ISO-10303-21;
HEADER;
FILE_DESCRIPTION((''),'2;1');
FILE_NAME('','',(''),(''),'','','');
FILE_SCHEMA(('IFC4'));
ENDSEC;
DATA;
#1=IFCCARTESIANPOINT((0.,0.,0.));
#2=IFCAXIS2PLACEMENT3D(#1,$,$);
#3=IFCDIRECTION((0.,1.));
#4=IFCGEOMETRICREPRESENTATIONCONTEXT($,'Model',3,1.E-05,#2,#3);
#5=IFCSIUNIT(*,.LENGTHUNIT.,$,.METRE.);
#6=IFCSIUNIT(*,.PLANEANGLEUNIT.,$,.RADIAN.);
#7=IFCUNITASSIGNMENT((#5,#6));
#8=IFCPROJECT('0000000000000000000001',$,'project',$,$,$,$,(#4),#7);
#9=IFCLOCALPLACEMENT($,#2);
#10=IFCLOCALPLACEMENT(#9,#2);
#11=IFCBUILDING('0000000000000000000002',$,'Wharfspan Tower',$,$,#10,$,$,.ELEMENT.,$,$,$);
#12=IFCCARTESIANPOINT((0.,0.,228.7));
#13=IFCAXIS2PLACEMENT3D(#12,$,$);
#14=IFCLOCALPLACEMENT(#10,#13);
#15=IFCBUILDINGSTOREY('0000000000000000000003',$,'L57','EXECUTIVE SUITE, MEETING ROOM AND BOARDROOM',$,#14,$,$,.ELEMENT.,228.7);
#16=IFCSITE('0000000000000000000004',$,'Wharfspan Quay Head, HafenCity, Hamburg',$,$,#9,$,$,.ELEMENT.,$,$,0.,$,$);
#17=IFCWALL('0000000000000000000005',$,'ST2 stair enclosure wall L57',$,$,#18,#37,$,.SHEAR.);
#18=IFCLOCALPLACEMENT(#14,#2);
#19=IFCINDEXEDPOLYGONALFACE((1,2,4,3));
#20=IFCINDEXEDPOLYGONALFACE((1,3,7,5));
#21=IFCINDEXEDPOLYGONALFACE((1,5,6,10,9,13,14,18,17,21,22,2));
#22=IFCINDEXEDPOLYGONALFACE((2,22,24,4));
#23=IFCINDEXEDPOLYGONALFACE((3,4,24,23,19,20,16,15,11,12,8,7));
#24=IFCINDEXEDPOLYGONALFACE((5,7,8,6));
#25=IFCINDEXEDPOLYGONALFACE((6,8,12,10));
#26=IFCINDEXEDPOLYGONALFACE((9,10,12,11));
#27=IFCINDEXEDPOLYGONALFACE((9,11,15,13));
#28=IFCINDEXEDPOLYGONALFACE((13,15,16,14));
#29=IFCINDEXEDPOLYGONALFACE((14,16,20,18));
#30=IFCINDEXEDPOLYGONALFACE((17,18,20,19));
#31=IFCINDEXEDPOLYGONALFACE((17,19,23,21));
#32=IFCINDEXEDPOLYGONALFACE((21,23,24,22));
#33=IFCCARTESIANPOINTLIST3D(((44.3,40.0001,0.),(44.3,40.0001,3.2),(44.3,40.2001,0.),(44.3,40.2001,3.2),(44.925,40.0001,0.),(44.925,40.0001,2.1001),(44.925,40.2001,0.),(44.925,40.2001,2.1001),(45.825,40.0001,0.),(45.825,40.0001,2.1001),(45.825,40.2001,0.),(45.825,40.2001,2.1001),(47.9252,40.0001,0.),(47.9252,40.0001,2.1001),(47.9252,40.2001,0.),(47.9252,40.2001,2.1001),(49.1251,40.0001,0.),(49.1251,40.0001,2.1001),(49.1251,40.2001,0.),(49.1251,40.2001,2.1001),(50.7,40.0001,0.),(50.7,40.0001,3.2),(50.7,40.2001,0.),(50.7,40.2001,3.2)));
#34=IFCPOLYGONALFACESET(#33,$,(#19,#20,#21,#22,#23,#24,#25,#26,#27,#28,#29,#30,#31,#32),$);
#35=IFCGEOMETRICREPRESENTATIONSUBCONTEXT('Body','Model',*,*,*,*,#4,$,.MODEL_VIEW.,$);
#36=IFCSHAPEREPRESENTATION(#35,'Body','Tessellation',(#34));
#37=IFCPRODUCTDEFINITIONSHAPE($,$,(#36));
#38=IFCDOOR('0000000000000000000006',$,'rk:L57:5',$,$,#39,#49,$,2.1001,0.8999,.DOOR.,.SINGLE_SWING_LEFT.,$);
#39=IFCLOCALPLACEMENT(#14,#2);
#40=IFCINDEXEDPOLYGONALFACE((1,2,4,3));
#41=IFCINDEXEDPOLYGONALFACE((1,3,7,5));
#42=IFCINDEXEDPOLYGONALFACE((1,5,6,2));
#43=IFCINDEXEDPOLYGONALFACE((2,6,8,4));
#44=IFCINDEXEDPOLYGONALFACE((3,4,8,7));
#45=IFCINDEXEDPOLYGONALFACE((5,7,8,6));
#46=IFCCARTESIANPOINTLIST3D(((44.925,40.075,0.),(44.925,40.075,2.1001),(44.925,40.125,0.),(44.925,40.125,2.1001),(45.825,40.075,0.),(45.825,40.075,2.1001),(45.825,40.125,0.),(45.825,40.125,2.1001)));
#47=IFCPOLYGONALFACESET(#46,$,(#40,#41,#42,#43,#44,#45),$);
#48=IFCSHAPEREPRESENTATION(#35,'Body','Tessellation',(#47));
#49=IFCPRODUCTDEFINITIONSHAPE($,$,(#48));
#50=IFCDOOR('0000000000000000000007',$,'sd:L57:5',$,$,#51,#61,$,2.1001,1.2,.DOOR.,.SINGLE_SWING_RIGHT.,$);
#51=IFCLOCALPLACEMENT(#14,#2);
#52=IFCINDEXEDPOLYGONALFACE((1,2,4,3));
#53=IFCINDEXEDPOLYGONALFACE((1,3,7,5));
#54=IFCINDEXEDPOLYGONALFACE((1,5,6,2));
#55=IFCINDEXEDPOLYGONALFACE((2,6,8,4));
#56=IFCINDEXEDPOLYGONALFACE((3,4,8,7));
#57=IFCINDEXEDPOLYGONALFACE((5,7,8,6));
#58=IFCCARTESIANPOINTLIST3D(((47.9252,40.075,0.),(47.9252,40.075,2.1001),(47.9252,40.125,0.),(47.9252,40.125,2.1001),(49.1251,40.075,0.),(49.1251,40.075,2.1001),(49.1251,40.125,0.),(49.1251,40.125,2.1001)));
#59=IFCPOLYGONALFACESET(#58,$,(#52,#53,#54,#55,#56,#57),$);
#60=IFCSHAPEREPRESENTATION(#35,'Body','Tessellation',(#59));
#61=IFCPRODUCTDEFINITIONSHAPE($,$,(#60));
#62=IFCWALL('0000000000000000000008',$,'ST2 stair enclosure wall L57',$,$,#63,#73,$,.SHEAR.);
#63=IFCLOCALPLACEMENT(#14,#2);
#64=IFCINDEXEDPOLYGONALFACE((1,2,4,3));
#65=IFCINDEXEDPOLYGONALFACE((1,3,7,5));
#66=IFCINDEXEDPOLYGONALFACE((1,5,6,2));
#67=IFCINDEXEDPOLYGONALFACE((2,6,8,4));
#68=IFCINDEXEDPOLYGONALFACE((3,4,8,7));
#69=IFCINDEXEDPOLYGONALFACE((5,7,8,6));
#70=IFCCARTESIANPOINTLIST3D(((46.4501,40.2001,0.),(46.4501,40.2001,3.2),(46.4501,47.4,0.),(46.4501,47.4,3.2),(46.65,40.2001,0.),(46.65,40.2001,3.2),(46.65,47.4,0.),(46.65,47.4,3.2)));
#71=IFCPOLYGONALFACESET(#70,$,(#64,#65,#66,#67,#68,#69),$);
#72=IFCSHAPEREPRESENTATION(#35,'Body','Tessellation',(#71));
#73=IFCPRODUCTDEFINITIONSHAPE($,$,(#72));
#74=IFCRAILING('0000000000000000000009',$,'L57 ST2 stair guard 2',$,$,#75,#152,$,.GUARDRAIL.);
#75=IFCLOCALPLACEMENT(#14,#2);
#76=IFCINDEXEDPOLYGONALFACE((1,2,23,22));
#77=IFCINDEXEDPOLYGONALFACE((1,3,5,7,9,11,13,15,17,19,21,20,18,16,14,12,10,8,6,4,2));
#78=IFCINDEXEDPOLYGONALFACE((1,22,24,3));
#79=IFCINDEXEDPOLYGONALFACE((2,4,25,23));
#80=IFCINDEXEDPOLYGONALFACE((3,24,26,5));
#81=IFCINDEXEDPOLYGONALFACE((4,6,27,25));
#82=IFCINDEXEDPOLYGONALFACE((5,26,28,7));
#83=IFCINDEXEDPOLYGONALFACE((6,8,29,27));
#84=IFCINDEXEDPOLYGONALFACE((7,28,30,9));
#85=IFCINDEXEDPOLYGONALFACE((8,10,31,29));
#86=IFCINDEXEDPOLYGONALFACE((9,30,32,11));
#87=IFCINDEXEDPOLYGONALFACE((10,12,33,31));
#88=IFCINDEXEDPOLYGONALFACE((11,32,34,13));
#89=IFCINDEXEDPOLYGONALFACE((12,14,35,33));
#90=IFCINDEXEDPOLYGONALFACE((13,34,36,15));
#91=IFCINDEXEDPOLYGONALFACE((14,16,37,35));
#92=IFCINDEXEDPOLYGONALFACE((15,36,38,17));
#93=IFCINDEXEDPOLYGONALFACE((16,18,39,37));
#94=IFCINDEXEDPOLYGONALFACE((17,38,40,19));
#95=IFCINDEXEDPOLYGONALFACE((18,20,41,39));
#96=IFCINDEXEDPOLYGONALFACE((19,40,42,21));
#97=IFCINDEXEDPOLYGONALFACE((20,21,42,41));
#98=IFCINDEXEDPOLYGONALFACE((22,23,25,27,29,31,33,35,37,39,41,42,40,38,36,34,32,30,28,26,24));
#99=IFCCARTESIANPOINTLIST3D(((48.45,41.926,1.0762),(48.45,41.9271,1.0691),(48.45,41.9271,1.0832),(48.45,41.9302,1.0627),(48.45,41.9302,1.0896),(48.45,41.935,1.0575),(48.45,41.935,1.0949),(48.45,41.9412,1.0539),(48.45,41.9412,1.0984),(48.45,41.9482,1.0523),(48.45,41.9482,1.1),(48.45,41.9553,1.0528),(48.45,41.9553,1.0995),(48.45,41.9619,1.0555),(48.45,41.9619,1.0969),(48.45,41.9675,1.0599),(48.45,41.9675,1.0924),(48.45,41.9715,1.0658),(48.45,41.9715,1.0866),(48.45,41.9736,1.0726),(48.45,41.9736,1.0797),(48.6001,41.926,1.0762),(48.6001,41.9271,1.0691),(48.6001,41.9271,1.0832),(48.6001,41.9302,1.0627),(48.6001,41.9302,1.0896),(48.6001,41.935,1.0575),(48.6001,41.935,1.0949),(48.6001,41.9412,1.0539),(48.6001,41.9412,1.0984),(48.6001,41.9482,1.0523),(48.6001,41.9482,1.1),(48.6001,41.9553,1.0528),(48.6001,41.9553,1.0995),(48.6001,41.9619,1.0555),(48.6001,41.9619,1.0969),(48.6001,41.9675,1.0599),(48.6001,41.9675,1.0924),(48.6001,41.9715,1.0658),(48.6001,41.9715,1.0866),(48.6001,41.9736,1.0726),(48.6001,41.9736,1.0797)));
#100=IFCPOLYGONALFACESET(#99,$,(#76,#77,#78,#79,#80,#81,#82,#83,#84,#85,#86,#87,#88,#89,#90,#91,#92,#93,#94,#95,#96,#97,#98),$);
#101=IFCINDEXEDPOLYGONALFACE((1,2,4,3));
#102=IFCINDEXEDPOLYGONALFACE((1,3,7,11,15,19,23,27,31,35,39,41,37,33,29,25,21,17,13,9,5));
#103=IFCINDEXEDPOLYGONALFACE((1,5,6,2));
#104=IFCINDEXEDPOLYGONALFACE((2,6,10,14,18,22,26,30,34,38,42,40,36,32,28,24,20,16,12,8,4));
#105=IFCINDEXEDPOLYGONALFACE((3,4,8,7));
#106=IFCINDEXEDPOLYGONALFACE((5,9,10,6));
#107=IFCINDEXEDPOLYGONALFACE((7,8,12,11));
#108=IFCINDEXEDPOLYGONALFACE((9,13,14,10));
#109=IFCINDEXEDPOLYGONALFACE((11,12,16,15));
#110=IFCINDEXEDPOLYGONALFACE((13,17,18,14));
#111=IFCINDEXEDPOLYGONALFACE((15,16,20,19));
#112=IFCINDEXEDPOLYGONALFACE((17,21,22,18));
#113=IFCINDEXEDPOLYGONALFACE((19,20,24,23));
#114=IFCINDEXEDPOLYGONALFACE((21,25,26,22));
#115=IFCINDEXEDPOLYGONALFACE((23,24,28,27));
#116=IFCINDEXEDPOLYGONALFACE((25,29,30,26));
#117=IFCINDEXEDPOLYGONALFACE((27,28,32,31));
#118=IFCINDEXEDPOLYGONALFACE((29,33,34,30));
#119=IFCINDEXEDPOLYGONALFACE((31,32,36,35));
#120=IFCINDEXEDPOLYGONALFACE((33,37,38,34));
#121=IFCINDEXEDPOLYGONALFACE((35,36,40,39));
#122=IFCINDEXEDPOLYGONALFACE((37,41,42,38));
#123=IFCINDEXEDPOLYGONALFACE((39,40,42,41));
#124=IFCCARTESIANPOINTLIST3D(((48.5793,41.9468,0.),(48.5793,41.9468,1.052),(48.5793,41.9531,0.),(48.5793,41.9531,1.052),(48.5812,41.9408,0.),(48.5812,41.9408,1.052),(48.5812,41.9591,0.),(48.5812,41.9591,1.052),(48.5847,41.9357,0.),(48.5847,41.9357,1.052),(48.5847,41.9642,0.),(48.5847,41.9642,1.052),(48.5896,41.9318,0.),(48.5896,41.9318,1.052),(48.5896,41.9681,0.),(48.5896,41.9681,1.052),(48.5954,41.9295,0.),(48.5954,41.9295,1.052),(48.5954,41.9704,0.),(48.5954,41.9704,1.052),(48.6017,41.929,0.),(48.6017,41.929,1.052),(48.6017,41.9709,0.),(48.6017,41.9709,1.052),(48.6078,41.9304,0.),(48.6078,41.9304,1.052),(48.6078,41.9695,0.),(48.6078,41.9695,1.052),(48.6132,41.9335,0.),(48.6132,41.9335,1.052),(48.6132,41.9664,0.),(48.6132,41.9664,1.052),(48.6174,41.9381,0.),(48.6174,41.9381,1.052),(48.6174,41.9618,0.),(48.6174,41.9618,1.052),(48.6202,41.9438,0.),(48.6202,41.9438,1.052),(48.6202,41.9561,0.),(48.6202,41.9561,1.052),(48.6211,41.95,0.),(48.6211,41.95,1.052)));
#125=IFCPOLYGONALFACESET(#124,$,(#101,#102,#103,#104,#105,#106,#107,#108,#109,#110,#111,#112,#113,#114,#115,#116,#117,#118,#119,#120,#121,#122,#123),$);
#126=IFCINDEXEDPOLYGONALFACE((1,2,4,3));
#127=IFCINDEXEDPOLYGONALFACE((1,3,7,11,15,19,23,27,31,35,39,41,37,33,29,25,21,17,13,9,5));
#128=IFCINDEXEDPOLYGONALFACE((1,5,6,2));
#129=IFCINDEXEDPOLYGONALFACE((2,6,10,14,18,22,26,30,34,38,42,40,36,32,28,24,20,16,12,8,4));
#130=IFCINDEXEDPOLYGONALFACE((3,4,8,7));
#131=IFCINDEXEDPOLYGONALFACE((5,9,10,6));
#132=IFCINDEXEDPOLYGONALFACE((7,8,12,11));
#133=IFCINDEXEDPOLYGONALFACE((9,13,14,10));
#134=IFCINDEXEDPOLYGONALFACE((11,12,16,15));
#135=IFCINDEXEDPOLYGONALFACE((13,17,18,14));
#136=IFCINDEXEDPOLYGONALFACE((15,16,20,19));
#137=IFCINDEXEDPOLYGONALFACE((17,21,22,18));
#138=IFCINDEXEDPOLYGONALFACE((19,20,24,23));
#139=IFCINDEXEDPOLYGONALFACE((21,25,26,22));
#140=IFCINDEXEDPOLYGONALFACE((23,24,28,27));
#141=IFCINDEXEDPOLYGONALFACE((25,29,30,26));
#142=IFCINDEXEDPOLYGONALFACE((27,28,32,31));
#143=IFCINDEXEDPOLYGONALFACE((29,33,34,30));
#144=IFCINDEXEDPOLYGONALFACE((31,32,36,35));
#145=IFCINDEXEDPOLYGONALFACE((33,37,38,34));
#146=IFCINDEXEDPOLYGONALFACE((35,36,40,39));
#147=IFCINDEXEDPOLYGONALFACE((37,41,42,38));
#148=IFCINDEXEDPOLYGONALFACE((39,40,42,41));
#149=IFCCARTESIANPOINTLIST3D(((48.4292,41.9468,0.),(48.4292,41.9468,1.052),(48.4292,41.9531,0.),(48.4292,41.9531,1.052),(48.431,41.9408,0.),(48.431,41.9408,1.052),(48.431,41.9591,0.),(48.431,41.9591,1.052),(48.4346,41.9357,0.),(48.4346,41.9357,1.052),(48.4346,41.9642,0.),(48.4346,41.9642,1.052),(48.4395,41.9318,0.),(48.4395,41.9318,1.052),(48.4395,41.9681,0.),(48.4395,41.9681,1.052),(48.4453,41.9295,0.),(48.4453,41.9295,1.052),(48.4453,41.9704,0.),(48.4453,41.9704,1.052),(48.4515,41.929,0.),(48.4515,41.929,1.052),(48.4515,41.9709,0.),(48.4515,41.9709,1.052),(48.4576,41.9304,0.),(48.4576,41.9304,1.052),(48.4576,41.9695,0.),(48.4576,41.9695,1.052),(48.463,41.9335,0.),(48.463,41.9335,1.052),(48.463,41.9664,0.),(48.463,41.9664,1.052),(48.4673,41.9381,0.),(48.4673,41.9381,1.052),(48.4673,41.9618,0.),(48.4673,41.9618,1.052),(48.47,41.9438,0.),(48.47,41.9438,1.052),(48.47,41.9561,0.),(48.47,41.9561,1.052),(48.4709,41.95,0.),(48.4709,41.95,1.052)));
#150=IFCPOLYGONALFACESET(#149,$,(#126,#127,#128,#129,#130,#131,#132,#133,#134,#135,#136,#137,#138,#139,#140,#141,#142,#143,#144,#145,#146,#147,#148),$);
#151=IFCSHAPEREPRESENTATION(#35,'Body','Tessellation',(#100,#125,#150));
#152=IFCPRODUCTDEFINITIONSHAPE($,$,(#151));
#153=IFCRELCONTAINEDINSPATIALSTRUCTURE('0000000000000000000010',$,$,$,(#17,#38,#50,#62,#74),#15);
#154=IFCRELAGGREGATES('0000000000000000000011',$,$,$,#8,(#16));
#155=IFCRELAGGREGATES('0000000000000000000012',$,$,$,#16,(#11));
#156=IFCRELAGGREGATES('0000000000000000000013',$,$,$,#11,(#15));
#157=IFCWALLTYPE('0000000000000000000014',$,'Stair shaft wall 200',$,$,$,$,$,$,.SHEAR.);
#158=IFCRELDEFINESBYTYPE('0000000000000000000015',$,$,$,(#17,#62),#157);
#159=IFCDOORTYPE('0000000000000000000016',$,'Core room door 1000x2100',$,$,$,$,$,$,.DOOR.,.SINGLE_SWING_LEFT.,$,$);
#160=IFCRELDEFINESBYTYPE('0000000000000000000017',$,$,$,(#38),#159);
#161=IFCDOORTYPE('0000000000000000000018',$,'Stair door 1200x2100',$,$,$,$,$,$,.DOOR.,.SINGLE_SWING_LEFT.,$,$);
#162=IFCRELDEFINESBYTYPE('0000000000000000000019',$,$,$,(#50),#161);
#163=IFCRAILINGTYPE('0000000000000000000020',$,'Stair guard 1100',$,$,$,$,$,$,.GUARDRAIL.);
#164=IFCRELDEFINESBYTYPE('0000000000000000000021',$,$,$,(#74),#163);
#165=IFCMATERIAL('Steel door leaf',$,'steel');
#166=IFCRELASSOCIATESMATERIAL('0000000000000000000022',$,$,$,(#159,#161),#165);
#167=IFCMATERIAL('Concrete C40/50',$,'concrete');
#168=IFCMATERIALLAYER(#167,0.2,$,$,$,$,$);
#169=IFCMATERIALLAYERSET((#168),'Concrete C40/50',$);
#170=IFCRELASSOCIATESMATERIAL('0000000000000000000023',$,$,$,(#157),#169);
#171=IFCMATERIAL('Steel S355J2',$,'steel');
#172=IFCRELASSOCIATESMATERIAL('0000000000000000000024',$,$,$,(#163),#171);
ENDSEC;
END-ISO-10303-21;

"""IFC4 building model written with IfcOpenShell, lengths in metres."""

from ifc_helpers import new_model, si_unit, direction, frame, frame_2d, origin, origin_2d, place, context, subcontext, project, spatial, rectangle, circle, extrude, material, layer, layer_set, type_object, element, fill, save


model = new_model("IFC4")

# Units and contexts
model_context = context("Model", 3, precision=1e-05, world=origin(), true_north=direction((0.0, 1.0)))
body_context = subcontext(model_context, "Body", "Model", "MODEL_VIEW")
ifc_project = project(units=[si_unit("LENGTHUNIT", "METRE"), si_unit("PLANEANGLEUNIT", "RADIAN")], contexts=[model_context])

# Site, building, storey
site_placement = place(None, origin())
site = spatial("IfcSite", under=ifc_project, at=site_placement, Name="Wharfspan Quay Head, HafenCity, Hamburg", CompositionType="ELEMENT", RefElevation=0.0)
building_placement = place(site_placement, origin())
building = spatial("IfcBuilding", under=site, at=building_placement, Name="Wharfspan Tower", CompositionType="ELEMENT")
storey_placement = place(building_placement, frame((0.0, 0.0, 228.7)))
storey = spatial("IfcBuildingStorey", under=building, at=storey_placement, Name="L57", Description="EXECUTIVE SUITE, MEETING ROOM AND BOARDROOM", CompositionType="ELEMENT", Elevation=228.7)

# Shared definitions
ifc_material_1 = material(Name="Steel S355J2", Category="steel")

# Shared definitions
ifc_material_2 = material(Name="Steel door leaf", Category="steel")
door_type_1 = type_object("IfcDoorType", Name="Core room door 1000x2100", OperationType="SINGLE_SWING_LEFT", PredefinedType="DOOR", material=ifc_material_2)

# Wall, openings, doors
ifc_material_3 = material(Name="Concrete C40/50", Category="concrete")
ifc_layer_1 = layer(ifc_material_3, 0.2)
ifc_layer_set_1 = layer_set([ifc_layer_1], Name="Concrete C40/50")
wall_type_1 = type_object("IfcWallType", Name="Stair shaft wall 200", PredefinedType="SHEAR", material=ifc_layer_set_1)
wall_1_placement = place(storey_placement, frame((44.3, 40.1001, 0.0), z_axis=(0.0, 0.0, 1.0), x_axis=(1.0, 0.0, 0.0)))
wall_1 = element("IfcWall", 1, at=wall_1_placement, inside=storey, type_object=wall_type_1, Name="ST2 stair enclosure wall L57", PredefinedType="SHEAR", context=body_context, shape_type="SweptSolid", body=[
    extrude(rectangle(XDim=6.3999, YDim=0.2, at=frame_2d((3.2, 0.0))), origin(), (0.0, 0.0, 1.0), 3.2),
])
opening_1_placement = place(wall_1_placement, frame((3.625, 0.0, 0.0)))
opening_1 = element("IfcOpeningElement", 2, at=opening_1_placement, cuts=wall_1, PredefinedType="OPENING", context=body_context, shape_type="SweptSolid", body=[
    extrude(rectangle(XDim=1.2, YDim=2.1001, at=frame_2d((0.6001, 1.05))), frame((0.0, 0.1099, 0.0), z_axis=(0.0, -1.0, 0.0), x_axis=(1.0, 0.0, 0.0)), (0.0, 0.0, 1.0), 0.22),
])
opening_2_placement = place(wall_1_placement, frame((0.625, 0.0, 0.0)))
opening_2 = element("IfcOpeningElement", 3, at=opening_2_placement, cuts=wall_1, PredefinedType="OPENING", context=body_context, shape_type="SweptSolid", body=[
    extrude(rectangle(XDim=0.8999, YDim=2.1001, at=frame_2d((0.45, 1.05))), frame((0.0, 0.1099, 0.0), z_axis=(0.0, -1.0, 0.0), x_axis=(1.0, 0.0, 0.0)), (0.0, 0.0, 1.0), 0.22),
])
door_1_placement = place(opening_2_placement, origin())
door_1 = element("IfcDoor", 4, at=door_1_placement, inside=storey, type_object=door_type_1, Name="rk:L57:5", OperationType="SINGLE_SWING_LEFT", OverallHeight=2.1001, OverallWidth=0.8999, PredefinedType="DOOR", context=body_context, shape_type="SweptSolid", body=[
    extrude(rectangle(XDim=0.8999, YDim=2.1001, at=frame_2d((0.45, 1.05))), frame((0.0, 0.0249, 0.0), z_axis=(0.0, -1.0, 0.0), x_axis=(1.0, 0.0, 0.0)), (0.0, 0.0, 1.0), 0.05),
])
fill(opening_2, door_1)
door_type_2 = type_object("IfcDoorType", Name="Stair door 1200x2100", OperationType="SINGLE_SWING_LEFT", PredefinedType="DOOR", material=ifc_material_2)
door_2_placement = place(opening_1_placement, origin())
door_2 = element("IfcDoor", 5, at=door_2_placement, inside=storey, type_object=door_type_2, Name="sd:L57:5", OperationType="SINGLE_SWING_RIGHT", OverallHeight=2.1001, OverallWidth=1.2, PredefinedType="DOOR", context=body_context, shape_type="SweptSolid", body=[
    extrude(rectangle(XDim=1.2, YDim=2.1001, at=frame_2d((0.6001, 1.05))), frame((0.0, 0.0249, 0.0), z_axis=(0.0, -1.0, 0.0), x_axis=(1.0, 0.0, 0.0)), (0.0, 0.0, 1.0), 0.05),
])
fill(opening_1, door_2)

# Wall
wall_2_placement = place(storey_placement, frame((46.55, 40.2, 0.0), z_axis=(0.0, 0.0, 1.0), x_axis=(0.0, 1.0, 0.0)))
element("IfcWall", 6, at=wall_2_placement, inside=storey, type_object=wall_type_1, Name="ST2 stair enclosure wall L57", PredefinedType="SHEAR", context=body_context, shape_type="SweptSolid", body=[
    extrude(rectangle(XDim=7.2, YDim=0.2, at=frame_2d((3.6001, 0.0))), origin(), (0.0, 0.0, 1.0), 3.2),
])

# Railing
railing_type = type_object("IfcRailingType", Name="Stair guard 1100", PredefinedType="GUARDRAIL", material=ifc_material_1)
railing_1_placement = place(storey_placement, frame((48.6001, 41.95, 0.0)))
element("IfcRailing", 7, at=railing_1_placement, inside=storey, type_object=railing_type, Name="L57 ST2 stair guard 2", PredefinedType="GUARDRAIL", context=body_context, shape_type="SweptSolid", body=[
    extrude(circle(Radius=0.0239, at=origin_2d()), frame((0.0, 0.0, 1.0762), z_axis=(-1.0, 0.0, 0.0), x_axis=(0.0, -1.0, 0.0)), (0.0, 0.0, 1.0), 0.1501),
    extrude(circle(Radius=0.021, at=origin_2d()), origin(), (0.0, 0.0, 1.0), 1.052),
    extrude(circle(Radius=0.021, at=origin_2d()), frame((-0.1501, 0.0, 0.0)), (0.0, 0.0, 1.0), 1.052),
])

save(model, "model.ifc")
